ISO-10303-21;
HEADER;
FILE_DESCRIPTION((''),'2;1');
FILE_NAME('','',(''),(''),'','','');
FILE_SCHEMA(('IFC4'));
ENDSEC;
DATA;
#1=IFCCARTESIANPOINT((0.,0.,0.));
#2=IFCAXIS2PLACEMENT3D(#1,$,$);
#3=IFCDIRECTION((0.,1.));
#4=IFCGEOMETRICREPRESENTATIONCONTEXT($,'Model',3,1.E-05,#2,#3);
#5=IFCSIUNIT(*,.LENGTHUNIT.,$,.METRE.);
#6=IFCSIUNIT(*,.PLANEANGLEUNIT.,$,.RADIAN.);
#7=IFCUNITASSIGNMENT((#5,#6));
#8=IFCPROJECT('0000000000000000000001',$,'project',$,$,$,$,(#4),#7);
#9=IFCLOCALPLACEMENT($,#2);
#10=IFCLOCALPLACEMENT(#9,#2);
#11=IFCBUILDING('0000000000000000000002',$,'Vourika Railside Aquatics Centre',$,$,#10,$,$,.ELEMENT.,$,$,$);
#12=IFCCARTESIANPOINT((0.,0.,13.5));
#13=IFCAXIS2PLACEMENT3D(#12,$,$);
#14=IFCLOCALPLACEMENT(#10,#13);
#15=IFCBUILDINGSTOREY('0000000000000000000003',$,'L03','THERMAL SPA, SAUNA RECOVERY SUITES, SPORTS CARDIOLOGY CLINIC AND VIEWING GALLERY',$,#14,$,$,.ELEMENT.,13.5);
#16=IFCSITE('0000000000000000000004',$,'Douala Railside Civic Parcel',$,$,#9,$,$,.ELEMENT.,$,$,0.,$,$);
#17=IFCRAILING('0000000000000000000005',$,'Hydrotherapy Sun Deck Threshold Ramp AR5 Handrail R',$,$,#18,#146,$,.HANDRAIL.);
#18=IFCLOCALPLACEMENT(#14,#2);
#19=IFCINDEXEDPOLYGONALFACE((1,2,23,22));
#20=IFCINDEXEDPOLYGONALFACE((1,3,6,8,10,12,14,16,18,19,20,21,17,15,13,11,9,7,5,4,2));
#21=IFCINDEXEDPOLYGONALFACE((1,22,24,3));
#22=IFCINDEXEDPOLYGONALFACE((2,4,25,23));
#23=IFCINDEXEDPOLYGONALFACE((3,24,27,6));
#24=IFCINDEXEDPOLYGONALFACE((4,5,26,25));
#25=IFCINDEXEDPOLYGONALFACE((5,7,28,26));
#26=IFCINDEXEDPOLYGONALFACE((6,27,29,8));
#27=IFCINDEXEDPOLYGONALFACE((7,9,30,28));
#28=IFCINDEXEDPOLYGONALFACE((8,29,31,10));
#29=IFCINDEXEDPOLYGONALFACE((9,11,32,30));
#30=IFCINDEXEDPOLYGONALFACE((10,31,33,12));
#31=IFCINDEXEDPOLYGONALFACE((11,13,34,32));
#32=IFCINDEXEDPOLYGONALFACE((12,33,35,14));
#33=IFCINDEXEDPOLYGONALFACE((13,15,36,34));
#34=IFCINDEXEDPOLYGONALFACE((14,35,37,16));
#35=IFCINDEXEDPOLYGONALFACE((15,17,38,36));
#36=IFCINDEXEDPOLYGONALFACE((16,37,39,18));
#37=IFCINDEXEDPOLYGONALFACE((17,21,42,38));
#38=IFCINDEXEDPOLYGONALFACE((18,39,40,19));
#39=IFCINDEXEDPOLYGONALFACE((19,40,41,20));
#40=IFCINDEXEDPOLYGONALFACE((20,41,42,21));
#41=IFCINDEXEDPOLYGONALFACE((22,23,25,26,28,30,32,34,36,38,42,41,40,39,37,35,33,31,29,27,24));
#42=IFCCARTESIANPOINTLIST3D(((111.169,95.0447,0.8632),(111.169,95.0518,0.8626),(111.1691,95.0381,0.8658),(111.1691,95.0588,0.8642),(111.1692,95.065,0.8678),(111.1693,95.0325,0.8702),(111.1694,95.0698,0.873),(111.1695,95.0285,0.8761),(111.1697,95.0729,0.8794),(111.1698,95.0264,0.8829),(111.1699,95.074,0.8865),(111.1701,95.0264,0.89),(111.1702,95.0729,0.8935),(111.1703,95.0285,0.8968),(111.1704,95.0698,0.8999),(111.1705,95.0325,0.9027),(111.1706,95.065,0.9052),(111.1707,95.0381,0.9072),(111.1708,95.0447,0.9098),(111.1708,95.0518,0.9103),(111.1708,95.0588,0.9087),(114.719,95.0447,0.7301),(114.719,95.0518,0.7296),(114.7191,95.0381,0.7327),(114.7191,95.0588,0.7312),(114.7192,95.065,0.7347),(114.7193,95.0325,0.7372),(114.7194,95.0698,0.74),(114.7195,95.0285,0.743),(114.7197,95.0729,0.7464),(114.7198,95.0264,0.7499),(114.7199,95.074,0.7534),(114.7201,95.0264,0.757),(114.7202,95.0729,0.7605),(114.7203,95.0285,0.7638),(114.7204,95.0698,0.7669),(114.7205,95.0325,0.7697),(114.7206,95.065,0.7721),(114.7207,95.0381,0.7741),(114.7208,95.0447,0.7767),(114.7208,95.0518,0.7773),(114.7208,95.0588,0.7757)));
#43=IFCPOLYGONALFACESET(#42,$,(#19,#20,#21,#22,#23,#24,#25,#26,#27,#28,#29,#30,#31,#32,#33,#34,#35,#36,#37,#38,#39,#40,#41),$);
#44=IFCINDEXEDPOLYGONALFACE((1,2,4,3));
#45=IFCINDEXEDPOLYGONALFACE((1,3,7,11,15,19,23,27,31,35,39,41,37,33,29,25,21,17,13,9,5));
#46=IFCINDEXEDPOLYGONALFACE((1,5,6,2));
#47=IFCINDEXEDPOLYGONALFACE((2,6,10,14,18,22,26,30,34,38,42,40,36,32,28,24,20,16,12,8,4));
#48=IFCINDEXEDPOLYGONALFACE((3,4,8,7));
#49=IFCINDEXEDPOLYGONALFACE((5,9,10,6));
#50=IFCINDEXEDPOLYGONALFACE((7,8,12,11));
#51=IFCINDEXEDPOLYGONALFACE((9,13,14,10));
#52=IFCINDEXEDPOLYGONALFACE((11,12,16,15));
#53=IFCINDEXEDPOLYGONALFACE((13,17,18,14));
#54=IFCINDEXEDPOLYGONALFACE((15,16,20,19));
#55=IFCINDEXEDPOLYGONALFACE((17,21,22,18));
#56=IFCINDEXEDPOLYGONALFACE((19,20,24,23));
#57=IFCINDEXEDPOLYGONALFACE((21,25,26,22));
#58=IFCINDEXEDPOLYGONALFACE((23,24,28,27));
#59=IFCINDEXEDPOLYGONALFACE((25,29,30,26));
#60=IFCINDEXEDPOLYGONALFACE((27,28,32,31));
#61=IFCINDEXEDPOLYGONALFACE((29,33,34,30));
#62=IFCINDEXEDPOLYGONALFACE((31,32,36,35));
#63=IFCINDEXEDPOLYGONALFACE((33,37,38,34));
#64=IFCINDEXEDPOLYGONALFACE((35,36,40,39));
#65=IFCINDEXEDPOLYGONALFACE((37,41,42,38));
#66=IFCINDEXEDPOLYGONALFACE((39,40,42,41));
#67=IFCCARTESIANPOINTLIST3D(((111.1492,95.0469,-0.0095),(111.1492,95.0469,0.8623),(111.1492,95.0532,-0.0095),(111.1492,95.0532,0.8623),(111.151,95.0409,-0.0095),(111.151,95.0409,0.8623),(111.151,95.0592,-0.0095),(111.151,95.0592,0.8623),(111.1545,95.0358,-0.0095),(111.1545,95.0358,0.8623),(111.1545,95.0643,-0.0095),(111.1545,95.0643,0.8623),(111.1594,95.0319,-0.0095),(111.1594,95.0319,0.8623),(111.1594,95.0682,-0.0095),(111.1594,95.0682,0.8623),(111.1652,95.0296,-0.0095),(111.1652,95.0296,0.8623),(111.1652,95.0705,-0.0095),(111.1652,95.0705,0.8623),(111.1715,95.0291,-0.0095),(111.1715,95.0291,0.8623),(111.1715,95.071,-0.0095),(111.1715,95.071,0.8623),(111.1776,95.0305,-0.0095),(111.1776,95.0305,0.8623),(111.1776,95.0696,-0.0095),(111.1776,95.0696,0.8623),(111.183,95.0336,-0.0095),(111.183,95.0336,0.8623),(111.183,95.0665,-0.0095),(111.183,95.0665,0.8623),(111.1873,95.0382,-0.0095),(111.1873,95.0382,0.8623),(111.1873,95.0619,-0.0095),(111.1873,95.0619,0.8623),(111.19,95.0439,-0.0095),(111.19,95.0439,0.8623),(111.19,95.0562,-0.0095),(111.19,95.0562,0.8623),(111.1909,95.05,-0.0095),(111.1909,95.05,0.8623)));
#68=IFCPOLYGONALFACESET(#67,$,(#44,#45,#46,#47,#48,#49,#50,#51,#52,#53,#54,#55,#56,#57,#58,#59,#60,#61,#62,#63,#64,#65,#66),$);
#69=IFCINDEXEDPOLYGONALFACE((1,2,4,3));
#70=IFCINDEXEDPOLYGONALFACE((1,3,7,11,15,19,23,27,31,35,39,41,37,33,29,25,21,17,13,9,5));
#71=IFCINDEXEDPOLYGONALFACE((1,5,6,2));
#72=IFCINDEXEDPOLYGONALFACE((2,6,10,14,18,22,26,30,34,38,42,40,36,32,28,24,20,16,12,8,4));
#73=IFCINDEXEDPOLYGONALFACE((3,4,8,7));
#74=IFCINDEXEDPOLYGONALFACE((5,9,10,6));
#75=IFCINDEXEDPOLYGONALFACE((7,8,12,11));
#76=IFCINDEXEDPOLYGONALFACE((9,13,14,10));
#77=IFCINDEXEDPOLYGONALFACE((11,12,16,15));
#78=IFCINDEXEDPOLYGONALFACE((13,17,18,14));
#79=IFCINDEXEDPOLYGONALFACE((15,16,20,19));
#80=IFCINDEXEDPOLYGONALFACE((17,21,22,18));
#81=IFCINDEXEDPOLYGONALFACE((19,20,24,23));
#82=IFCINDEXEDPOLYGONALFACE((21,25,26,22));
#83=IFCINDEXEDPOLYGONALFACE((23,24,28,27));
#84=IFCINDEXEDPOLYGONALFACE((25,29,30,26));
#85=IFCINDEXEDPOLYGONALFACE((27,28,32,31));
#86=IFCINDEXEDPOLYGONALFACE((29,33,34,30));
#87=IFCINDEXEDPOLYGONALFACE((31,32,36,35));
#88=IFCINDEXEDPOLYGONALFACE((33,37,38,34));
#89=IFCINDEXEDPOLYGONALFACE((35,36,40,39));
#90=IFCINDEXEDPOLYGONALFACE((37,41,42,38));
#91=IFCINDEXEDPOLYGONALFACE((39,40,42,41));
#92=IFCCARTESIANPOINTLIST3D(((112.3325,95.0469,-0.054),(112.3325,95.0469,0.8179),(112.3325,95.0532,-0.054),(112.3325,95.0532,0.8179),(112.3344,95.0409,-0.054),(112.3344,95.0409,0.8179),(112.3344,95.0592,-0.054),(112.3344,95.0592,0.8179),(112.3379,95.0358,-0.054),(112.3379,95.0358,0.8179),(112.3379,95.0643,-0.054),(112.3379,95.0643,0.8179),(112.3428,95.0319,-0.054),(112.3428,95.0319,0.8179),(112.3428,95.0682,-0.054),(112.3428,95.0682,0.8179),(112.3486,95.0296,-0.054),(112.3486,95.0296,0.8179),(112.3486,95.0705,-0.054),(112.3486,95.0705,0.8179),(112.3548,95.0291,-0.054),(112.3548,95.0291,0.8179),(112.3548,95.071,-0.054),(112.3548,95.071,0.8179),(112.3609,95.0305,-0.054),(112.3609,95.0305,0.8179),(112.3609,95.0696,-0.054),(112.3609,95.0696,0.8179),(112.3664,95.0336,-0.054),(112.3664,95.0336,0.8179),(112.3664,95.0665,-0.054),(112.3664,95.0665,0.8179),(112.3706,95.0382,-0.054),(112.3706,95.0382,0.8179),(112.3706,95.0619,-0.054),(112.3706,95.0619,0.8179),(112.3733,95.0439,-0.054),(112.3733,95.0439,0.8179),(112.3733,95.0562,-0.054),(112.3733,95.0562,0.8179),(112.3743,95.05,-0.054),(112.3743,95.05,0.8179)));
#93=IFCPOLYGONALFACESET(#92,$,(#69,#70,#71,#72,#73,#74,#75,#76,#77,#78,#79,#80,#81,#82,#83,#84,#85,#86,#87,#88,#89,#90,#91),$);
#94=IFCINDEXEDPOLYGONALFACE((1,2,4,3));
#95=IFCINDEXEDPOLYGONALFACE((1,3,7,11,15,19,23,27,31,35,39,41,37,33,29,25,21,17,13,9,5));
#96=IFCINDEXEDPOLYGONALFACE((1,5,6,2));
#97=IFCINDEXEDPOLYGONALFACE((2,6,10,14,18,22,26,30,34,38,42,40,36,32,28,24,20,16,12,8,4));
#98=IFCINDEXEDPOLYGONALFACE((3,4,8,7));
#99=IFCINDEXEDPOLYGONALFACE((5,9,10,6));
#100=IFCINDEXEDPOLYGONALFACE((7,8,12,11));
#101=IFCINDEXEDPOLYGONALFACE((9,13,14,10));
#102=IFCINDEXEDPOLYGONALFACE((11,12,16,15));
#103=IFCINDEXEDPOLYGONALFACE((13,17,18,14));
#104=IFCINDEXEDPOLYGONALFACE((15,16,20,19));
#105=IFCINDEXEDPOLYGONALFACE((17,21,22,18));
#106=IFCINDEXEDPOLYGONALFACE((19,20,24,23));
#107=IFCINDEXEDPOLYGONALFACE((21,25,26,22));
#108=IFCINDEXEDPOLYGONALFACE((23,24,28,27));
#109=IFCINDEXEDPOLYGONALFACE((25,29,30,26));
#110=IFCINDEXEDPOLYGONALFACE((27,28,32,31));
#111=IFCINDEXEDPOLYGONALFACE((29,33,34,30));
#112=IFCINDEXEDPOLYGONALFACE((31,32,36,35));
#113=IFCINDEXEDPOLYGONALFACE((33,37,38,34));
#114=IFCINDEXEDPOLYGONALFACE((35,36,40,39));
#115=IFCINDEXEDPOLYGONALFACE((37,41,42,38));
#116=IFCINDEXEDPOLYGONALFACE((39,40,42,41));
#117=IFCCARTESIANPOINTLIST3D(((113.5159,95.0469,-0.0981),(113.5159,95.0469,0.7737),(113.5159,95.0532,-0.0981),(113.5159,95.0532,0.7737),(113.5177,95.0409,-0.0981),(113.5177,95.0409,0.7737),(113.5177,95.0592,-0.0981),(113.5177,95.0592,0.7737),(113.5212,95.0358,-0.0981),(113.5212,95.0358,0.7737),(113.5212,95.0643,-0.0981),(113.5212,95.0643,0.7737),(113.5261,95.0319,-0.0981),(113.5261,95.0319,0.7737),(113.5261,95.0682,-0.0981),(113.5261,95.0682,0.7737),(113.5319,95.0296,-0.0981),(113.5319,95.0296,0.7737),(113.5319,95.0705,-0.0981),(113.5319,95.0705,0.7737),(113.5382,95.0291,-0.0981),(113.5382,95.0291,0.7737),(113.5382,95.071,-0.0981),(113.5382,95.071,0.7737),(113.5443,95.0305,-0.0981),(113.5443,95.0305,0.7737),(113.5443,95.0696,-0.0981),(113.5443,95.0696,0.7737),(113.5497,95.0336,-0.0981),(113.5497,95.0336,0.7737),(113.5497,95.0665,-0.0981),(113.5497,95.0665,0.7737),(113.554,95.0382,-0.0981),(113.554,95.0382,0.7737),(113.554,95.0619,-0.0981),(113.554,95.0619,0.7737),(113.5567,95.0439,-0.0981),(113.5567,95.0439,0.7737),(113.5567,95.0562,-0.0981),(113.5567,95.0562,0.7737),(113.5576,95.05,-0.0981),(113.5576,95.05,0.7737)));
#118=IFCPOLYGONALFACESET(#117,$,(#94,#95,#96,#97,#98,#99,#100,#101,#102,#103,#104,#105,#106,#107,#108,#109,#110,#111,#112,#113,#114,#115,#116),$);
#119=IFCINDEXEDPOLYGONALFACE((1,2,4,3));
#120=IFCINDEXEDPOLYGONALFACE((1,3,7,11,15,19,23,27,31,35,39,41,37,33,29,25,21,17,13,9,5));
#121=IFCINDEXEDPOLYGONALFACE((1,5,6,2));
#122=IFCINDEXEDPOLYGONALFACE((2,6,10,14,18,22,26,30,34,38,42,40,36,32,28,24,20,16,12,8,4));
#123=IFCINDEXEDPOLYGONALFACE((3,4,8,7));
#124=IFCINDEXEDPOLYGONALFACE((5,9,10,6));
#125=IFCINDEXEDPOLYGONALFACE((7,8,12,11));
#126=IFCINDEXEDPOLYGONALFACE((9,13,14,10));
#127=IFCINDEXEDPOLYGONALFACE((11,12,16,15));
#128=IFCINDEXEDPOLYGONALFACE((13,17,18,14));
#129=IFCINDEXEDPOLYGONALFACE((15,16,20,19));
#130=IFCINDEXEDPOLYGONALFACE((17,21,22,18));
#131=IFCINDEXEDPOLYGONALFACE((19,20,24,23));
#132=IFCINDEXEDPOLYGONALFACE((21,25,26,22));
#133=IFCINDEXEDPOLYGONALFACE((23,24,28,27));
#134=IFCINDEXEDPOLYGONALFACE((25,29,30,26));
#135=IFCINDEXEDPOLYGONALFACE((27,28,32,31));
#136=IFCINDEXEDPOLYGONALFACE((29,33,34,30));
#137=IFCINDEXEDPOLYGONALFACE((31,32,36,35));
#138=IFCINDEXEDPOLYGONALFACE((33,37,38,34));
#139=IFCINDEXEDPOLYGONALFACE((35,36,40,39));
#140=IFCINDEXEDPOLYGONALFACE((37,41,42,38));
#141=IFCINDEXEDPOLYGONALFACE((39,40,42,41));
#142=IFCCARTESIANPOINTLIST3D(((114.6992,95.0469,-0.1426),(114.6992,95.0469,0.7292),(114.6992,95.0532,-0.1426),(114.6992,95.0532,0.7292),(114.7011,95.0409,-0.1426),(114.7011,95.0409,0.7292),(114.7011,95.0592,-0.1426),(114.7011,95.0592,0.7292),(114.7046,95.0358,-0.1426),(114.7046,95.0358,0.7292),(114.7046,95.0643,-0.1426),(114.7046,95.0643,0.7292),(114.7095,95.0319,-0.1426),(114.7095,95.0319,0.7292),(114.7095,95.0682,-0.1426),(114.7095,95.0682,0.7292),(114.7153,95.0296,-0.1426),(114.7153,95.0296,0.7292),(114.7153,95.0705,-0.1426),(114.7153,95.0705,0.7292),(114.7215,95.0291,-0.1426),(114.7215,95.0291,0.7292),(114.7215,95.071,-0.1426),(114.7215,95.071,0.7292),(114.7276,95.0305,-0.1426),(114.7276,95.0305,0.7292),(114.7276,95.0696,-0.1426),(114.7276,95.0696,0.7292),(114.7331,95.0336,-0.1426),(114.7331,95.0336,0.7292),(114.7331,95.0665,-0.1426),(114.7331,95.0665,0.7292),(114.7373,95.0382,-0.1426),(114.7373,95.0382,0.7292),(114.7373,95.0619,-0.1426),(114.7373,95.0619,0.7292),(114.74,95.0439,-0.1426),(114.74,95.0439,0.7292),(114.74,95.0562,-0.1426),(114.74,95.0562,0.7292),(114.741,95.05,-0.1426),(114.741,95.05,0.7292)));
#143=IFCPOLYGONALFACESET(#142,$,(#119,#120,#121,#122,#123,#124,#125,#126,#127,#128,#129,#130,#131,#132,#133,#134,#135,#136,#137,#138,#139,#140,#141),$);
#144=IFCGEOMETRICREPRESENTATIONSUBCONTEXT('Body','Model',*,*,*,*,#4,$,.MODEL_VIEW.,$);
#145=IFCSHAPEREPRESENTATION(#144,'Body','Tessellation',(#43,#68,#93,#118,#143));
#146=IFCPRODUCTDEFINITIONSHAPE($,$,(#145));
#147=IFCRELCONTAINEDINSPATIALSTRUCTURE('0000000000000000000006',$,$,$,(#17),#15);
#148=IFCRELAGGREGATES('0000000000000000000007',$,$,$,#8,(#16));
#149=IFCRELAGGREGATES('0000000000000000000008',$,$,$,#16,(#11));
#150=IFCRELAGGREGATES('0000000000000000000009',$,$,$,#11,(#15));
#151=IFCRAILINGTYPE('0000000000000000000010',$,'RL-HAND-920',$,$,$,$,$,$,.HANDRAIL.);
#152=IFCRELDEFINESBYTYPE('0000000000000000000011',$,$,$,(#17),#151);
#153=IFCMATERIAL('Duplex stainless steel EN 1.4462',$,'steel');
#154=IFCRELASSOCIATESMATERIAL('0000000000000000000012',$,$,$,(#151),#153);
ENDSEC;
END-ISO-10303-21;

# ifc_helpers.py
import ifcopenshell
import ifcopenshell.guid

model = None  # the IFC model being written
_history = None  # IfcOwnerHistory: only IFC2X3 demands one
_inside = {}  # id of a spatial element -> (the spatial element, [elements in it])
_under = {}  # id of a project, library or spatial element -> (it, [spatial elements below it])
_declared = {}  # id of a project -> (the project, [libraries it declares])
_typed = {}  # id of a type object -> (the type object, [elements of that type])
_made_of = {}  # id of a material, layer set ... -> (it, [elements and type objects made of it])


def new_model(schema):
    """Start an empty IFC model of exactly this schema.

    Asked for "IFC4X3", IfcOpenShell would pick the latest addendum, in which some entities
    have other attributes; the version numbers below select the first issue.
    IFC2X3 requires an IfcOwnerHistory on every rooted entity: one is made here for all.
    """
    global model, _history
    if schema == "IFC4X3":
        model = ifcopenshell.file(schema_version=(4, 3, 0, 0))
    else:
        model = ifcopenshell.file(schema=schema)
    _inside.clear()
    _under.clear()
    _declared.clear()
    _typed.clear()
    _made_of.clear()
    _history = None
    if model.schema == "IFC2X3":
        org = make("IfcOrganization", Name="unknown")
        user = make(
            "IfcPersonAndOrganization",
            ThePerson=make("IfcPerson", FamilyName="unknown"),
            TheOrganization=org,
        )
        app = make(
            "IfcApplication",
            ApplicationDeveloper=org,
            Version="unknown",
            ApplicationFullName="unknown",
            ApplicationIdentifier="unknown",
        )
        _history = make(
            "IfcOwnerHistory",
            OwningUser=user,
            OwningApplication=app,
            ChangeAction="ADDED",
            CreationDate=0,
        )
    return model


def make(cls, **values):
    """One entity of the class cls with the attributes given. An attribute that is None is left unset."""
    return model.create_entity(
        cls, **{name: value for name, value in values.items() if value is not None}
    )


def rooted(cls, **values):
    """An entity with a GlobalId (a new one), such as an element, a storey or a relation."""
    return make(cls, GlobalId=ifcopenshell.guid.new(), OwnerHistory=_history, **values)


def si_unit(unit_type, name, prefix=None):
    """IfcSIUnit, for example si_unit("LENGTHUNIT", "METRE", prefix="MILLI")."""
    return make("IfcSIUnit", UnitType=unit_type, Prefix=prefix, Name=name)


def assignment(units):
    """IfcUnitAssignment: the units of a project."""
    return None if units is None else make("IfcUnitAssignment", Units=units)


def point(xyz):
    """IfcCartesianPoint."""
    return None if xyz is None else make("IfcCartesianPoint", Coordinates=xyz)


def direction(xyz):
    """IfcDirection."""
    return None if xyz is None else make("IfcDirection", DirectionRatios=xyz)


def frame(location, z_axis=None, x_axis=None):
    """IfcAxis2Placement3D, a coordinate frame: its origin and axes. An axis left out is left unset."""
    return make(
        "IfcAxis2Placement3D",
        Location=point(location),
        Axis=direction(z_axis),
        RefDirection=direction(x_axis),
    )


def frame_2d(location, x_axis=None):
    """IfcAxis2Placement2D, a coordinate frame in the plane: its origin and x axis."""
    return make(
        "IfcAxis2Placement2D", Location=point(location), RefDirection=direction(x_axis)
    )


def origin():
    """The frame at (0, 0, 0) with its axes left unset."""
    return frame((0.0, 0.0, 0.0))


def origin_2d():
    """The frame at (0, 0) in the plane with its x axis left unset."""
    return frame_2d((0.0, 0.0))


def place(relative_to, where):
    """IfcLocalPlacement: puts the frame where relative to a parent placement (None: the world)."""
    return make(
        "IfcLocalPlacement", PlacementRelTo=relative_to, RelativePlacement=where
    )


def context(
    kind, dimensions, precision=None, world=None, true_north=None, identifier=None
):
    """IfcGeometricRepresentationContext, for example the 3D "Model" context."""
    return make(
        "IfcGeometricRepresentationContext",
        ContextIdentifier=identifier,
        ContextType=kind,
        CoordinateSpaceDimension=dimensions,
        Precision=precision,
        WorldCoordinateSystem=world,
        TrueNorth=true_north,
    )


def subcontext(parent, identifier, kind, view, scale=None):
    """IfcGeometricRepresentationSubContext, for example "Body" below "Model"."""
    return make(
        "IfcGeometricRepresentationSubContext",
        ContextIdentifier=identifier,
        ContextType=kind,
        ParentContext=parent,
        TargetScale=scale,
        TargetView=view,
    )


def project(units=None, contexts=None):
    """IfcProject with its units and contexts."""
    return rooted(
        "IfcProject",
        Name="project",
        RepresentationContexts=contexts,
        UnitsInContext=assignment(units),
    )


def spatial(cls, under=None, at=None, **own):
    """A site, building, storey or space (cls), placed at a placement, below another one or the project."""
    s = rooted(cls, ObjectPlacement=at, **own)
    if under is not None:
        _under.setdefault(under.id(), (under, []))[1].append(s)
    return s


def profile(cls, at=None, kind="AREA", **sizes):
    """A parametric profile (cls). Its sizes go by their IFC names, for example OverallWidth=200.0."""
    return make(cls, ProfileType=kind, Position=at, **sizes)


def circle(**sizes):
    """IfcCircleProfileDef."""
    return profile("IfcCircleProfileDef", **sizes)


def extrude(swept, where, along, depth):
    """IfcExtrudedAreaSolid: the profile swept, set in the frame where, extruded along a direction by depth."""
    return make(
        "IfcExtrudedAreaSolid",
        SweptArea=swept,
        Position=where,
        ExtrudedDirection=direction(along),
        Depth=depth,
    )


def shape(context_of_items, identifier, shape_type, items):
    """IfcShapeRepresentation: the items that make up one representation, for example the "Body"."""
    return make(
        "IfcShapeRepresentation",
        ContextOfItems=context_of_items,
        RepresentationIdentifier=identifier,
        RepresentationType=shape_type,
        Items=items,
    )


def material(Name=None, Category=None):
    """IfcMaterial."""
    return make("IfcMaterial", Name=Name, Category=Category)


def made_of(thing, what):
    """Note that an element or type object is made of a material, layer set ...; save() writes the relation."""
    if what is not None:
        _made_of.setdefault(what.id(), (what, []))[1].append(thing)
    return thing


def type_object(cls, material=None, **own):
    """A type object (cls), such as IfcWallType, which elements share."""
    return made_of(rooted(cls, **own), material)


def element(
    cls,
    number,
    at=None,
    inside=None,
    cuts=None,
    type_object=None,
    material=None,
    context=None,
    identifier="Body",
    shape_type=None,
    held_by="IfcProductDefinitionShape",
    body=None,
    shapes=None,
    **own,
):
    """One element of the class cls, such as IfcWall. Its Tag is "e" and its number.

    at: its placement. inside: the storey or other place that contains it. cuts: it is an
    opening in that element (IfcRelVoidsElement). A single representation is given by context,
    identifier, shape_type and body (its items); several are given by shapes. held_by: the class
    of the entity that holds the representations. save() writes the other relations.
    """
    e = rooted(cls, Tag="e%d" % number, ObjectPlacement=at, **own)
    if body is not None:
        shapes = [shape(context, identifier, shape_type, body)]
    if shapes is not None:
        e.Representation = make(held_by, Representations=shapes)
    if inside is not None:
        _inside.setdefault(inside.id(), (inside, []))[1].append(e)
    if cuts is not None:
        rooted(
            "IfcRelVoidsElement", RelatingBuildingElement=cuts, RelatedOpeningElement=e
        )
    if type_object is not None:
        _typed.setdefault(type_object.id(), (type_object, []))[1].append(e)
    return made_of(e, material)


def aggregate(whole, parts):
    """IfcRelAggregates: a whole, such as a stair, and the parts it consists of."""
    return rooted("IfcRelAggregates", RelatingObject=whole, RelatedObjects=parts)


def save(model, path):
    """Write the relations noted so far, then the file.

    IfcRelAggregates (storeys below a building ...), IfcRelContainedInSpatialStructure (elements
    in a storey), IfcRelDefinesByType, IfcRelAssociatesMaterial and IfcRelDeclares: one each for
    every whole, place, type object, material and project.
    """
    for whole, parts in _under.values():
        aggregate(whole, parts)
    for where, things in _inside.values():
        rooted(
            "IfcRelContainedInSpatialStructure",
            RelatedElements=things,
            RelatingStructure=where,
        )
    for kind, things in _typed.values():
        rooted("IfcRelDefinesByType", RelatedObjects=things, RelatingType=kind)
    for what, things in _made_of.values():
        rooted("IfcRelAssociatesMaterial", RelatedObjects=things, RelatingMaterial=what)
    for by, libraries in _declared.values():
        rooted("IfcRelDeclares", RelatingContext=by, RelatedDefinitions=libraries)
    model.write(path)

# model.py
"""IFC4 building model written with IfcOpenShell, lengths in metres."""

from ifc_helpers import new_model, si_unit, direction, frame, origin, origin_2d, place, context, subcontext, project, spatial, circle, extrude, material, type_object, element, save


model = new_model("IFC4")

# Units and contexts
model_context = context("Model", 3, precision=1e-05, world=origin(), true_north=direction((0.0, 1.0)))
body_context = subcontext(model_context, "Body", "Model", "MODEL_VIEW")
ifc_project = project(units=[si_unit("LENGTHUNIT", "METRE"), si_unit("PLANEANGLEUNIT", "RADIAN")], contexts=[model_context])

# Site, building, storey
site_placement = place(None, origin())
site = spatial("IfcSite", under=ifc_project, at=site_placement, Name="Douala Railside Civic Parcel", CompositionType="ELEMENT", RefElevation=0.0)
building_placement = place(site_placement, origin())
building = spatial("IfcBuilding", under=site, at=building_placement, Name="Vourika Railside Aquatics Centre", CompositionType="ELEMENT")
storey_placement = place(building_placement, frame((0.0, 0.0, 13.5)))
storey = spatial("IfcBuildingStorey", under=building, at=storey_placement, Name="L03", Description="THERMAL SPA, SAUNA RECOVERY SUITES, SPORTS CARDIOLOGY CLINIC AND VIEWING GALLERY", CompositionType="ELEMENT", Elevation=13.5)

# Railing
ifc_material_1 = material(Name="Duplex stainless steel EN 1.4462", Category="steel")
railing_type = type_object("IfcRailingType", Name="RL-HAND-920", PredefinedType="HANDRAIL", material=ifc_material_1)
for number, where, name in (
    (1, (111.1699, 95.05, -0.0095), "Hydrotherapy Sun Deck Threshold Ramp AR5 Handrail R"),
):
    element("IfcRailing", number, at=place(storey_placement, frame(where)), inside=storey, type_object=railing_type, Name=name, PredefinedType="HANDRAIL", context=body_context, shape_type="SweptSolid", body=[
        extrude(circle(Radius=0.0239, at=origin_2d()), frame((0.0, 0.0, 0.896), z_axis=(0.999298, 0.0, -0.037454), x_axis=(0.0, 1.0, 0.0)), (0.0, 0.0, 1.0), 3.5525),
        extrude(circle(Radius=0.021, at=origin_2d()), origin(), (0.0, 0.0, 1.0), 0.8718),
        extrude(circle(Radius=0.021, at=origin_2d()), frame((1.1833, 0.0, -0.0444)), (0.0, 0.0, 1.0), 0.8718),
        extrude(circle(Radius=0.021, at=origin_2d()), frame((2.3667, 0.0, -0.0886)), (0.0, 0.0, 1.0), 0.8718),
        extrude(circle(Radius=0.021, at=origin_2d()), frame((3.55, 0.0, -0.1331)), (0.0, 0.0, 1.0), 0.8718),
    ])

save(model, "model.ifc")
